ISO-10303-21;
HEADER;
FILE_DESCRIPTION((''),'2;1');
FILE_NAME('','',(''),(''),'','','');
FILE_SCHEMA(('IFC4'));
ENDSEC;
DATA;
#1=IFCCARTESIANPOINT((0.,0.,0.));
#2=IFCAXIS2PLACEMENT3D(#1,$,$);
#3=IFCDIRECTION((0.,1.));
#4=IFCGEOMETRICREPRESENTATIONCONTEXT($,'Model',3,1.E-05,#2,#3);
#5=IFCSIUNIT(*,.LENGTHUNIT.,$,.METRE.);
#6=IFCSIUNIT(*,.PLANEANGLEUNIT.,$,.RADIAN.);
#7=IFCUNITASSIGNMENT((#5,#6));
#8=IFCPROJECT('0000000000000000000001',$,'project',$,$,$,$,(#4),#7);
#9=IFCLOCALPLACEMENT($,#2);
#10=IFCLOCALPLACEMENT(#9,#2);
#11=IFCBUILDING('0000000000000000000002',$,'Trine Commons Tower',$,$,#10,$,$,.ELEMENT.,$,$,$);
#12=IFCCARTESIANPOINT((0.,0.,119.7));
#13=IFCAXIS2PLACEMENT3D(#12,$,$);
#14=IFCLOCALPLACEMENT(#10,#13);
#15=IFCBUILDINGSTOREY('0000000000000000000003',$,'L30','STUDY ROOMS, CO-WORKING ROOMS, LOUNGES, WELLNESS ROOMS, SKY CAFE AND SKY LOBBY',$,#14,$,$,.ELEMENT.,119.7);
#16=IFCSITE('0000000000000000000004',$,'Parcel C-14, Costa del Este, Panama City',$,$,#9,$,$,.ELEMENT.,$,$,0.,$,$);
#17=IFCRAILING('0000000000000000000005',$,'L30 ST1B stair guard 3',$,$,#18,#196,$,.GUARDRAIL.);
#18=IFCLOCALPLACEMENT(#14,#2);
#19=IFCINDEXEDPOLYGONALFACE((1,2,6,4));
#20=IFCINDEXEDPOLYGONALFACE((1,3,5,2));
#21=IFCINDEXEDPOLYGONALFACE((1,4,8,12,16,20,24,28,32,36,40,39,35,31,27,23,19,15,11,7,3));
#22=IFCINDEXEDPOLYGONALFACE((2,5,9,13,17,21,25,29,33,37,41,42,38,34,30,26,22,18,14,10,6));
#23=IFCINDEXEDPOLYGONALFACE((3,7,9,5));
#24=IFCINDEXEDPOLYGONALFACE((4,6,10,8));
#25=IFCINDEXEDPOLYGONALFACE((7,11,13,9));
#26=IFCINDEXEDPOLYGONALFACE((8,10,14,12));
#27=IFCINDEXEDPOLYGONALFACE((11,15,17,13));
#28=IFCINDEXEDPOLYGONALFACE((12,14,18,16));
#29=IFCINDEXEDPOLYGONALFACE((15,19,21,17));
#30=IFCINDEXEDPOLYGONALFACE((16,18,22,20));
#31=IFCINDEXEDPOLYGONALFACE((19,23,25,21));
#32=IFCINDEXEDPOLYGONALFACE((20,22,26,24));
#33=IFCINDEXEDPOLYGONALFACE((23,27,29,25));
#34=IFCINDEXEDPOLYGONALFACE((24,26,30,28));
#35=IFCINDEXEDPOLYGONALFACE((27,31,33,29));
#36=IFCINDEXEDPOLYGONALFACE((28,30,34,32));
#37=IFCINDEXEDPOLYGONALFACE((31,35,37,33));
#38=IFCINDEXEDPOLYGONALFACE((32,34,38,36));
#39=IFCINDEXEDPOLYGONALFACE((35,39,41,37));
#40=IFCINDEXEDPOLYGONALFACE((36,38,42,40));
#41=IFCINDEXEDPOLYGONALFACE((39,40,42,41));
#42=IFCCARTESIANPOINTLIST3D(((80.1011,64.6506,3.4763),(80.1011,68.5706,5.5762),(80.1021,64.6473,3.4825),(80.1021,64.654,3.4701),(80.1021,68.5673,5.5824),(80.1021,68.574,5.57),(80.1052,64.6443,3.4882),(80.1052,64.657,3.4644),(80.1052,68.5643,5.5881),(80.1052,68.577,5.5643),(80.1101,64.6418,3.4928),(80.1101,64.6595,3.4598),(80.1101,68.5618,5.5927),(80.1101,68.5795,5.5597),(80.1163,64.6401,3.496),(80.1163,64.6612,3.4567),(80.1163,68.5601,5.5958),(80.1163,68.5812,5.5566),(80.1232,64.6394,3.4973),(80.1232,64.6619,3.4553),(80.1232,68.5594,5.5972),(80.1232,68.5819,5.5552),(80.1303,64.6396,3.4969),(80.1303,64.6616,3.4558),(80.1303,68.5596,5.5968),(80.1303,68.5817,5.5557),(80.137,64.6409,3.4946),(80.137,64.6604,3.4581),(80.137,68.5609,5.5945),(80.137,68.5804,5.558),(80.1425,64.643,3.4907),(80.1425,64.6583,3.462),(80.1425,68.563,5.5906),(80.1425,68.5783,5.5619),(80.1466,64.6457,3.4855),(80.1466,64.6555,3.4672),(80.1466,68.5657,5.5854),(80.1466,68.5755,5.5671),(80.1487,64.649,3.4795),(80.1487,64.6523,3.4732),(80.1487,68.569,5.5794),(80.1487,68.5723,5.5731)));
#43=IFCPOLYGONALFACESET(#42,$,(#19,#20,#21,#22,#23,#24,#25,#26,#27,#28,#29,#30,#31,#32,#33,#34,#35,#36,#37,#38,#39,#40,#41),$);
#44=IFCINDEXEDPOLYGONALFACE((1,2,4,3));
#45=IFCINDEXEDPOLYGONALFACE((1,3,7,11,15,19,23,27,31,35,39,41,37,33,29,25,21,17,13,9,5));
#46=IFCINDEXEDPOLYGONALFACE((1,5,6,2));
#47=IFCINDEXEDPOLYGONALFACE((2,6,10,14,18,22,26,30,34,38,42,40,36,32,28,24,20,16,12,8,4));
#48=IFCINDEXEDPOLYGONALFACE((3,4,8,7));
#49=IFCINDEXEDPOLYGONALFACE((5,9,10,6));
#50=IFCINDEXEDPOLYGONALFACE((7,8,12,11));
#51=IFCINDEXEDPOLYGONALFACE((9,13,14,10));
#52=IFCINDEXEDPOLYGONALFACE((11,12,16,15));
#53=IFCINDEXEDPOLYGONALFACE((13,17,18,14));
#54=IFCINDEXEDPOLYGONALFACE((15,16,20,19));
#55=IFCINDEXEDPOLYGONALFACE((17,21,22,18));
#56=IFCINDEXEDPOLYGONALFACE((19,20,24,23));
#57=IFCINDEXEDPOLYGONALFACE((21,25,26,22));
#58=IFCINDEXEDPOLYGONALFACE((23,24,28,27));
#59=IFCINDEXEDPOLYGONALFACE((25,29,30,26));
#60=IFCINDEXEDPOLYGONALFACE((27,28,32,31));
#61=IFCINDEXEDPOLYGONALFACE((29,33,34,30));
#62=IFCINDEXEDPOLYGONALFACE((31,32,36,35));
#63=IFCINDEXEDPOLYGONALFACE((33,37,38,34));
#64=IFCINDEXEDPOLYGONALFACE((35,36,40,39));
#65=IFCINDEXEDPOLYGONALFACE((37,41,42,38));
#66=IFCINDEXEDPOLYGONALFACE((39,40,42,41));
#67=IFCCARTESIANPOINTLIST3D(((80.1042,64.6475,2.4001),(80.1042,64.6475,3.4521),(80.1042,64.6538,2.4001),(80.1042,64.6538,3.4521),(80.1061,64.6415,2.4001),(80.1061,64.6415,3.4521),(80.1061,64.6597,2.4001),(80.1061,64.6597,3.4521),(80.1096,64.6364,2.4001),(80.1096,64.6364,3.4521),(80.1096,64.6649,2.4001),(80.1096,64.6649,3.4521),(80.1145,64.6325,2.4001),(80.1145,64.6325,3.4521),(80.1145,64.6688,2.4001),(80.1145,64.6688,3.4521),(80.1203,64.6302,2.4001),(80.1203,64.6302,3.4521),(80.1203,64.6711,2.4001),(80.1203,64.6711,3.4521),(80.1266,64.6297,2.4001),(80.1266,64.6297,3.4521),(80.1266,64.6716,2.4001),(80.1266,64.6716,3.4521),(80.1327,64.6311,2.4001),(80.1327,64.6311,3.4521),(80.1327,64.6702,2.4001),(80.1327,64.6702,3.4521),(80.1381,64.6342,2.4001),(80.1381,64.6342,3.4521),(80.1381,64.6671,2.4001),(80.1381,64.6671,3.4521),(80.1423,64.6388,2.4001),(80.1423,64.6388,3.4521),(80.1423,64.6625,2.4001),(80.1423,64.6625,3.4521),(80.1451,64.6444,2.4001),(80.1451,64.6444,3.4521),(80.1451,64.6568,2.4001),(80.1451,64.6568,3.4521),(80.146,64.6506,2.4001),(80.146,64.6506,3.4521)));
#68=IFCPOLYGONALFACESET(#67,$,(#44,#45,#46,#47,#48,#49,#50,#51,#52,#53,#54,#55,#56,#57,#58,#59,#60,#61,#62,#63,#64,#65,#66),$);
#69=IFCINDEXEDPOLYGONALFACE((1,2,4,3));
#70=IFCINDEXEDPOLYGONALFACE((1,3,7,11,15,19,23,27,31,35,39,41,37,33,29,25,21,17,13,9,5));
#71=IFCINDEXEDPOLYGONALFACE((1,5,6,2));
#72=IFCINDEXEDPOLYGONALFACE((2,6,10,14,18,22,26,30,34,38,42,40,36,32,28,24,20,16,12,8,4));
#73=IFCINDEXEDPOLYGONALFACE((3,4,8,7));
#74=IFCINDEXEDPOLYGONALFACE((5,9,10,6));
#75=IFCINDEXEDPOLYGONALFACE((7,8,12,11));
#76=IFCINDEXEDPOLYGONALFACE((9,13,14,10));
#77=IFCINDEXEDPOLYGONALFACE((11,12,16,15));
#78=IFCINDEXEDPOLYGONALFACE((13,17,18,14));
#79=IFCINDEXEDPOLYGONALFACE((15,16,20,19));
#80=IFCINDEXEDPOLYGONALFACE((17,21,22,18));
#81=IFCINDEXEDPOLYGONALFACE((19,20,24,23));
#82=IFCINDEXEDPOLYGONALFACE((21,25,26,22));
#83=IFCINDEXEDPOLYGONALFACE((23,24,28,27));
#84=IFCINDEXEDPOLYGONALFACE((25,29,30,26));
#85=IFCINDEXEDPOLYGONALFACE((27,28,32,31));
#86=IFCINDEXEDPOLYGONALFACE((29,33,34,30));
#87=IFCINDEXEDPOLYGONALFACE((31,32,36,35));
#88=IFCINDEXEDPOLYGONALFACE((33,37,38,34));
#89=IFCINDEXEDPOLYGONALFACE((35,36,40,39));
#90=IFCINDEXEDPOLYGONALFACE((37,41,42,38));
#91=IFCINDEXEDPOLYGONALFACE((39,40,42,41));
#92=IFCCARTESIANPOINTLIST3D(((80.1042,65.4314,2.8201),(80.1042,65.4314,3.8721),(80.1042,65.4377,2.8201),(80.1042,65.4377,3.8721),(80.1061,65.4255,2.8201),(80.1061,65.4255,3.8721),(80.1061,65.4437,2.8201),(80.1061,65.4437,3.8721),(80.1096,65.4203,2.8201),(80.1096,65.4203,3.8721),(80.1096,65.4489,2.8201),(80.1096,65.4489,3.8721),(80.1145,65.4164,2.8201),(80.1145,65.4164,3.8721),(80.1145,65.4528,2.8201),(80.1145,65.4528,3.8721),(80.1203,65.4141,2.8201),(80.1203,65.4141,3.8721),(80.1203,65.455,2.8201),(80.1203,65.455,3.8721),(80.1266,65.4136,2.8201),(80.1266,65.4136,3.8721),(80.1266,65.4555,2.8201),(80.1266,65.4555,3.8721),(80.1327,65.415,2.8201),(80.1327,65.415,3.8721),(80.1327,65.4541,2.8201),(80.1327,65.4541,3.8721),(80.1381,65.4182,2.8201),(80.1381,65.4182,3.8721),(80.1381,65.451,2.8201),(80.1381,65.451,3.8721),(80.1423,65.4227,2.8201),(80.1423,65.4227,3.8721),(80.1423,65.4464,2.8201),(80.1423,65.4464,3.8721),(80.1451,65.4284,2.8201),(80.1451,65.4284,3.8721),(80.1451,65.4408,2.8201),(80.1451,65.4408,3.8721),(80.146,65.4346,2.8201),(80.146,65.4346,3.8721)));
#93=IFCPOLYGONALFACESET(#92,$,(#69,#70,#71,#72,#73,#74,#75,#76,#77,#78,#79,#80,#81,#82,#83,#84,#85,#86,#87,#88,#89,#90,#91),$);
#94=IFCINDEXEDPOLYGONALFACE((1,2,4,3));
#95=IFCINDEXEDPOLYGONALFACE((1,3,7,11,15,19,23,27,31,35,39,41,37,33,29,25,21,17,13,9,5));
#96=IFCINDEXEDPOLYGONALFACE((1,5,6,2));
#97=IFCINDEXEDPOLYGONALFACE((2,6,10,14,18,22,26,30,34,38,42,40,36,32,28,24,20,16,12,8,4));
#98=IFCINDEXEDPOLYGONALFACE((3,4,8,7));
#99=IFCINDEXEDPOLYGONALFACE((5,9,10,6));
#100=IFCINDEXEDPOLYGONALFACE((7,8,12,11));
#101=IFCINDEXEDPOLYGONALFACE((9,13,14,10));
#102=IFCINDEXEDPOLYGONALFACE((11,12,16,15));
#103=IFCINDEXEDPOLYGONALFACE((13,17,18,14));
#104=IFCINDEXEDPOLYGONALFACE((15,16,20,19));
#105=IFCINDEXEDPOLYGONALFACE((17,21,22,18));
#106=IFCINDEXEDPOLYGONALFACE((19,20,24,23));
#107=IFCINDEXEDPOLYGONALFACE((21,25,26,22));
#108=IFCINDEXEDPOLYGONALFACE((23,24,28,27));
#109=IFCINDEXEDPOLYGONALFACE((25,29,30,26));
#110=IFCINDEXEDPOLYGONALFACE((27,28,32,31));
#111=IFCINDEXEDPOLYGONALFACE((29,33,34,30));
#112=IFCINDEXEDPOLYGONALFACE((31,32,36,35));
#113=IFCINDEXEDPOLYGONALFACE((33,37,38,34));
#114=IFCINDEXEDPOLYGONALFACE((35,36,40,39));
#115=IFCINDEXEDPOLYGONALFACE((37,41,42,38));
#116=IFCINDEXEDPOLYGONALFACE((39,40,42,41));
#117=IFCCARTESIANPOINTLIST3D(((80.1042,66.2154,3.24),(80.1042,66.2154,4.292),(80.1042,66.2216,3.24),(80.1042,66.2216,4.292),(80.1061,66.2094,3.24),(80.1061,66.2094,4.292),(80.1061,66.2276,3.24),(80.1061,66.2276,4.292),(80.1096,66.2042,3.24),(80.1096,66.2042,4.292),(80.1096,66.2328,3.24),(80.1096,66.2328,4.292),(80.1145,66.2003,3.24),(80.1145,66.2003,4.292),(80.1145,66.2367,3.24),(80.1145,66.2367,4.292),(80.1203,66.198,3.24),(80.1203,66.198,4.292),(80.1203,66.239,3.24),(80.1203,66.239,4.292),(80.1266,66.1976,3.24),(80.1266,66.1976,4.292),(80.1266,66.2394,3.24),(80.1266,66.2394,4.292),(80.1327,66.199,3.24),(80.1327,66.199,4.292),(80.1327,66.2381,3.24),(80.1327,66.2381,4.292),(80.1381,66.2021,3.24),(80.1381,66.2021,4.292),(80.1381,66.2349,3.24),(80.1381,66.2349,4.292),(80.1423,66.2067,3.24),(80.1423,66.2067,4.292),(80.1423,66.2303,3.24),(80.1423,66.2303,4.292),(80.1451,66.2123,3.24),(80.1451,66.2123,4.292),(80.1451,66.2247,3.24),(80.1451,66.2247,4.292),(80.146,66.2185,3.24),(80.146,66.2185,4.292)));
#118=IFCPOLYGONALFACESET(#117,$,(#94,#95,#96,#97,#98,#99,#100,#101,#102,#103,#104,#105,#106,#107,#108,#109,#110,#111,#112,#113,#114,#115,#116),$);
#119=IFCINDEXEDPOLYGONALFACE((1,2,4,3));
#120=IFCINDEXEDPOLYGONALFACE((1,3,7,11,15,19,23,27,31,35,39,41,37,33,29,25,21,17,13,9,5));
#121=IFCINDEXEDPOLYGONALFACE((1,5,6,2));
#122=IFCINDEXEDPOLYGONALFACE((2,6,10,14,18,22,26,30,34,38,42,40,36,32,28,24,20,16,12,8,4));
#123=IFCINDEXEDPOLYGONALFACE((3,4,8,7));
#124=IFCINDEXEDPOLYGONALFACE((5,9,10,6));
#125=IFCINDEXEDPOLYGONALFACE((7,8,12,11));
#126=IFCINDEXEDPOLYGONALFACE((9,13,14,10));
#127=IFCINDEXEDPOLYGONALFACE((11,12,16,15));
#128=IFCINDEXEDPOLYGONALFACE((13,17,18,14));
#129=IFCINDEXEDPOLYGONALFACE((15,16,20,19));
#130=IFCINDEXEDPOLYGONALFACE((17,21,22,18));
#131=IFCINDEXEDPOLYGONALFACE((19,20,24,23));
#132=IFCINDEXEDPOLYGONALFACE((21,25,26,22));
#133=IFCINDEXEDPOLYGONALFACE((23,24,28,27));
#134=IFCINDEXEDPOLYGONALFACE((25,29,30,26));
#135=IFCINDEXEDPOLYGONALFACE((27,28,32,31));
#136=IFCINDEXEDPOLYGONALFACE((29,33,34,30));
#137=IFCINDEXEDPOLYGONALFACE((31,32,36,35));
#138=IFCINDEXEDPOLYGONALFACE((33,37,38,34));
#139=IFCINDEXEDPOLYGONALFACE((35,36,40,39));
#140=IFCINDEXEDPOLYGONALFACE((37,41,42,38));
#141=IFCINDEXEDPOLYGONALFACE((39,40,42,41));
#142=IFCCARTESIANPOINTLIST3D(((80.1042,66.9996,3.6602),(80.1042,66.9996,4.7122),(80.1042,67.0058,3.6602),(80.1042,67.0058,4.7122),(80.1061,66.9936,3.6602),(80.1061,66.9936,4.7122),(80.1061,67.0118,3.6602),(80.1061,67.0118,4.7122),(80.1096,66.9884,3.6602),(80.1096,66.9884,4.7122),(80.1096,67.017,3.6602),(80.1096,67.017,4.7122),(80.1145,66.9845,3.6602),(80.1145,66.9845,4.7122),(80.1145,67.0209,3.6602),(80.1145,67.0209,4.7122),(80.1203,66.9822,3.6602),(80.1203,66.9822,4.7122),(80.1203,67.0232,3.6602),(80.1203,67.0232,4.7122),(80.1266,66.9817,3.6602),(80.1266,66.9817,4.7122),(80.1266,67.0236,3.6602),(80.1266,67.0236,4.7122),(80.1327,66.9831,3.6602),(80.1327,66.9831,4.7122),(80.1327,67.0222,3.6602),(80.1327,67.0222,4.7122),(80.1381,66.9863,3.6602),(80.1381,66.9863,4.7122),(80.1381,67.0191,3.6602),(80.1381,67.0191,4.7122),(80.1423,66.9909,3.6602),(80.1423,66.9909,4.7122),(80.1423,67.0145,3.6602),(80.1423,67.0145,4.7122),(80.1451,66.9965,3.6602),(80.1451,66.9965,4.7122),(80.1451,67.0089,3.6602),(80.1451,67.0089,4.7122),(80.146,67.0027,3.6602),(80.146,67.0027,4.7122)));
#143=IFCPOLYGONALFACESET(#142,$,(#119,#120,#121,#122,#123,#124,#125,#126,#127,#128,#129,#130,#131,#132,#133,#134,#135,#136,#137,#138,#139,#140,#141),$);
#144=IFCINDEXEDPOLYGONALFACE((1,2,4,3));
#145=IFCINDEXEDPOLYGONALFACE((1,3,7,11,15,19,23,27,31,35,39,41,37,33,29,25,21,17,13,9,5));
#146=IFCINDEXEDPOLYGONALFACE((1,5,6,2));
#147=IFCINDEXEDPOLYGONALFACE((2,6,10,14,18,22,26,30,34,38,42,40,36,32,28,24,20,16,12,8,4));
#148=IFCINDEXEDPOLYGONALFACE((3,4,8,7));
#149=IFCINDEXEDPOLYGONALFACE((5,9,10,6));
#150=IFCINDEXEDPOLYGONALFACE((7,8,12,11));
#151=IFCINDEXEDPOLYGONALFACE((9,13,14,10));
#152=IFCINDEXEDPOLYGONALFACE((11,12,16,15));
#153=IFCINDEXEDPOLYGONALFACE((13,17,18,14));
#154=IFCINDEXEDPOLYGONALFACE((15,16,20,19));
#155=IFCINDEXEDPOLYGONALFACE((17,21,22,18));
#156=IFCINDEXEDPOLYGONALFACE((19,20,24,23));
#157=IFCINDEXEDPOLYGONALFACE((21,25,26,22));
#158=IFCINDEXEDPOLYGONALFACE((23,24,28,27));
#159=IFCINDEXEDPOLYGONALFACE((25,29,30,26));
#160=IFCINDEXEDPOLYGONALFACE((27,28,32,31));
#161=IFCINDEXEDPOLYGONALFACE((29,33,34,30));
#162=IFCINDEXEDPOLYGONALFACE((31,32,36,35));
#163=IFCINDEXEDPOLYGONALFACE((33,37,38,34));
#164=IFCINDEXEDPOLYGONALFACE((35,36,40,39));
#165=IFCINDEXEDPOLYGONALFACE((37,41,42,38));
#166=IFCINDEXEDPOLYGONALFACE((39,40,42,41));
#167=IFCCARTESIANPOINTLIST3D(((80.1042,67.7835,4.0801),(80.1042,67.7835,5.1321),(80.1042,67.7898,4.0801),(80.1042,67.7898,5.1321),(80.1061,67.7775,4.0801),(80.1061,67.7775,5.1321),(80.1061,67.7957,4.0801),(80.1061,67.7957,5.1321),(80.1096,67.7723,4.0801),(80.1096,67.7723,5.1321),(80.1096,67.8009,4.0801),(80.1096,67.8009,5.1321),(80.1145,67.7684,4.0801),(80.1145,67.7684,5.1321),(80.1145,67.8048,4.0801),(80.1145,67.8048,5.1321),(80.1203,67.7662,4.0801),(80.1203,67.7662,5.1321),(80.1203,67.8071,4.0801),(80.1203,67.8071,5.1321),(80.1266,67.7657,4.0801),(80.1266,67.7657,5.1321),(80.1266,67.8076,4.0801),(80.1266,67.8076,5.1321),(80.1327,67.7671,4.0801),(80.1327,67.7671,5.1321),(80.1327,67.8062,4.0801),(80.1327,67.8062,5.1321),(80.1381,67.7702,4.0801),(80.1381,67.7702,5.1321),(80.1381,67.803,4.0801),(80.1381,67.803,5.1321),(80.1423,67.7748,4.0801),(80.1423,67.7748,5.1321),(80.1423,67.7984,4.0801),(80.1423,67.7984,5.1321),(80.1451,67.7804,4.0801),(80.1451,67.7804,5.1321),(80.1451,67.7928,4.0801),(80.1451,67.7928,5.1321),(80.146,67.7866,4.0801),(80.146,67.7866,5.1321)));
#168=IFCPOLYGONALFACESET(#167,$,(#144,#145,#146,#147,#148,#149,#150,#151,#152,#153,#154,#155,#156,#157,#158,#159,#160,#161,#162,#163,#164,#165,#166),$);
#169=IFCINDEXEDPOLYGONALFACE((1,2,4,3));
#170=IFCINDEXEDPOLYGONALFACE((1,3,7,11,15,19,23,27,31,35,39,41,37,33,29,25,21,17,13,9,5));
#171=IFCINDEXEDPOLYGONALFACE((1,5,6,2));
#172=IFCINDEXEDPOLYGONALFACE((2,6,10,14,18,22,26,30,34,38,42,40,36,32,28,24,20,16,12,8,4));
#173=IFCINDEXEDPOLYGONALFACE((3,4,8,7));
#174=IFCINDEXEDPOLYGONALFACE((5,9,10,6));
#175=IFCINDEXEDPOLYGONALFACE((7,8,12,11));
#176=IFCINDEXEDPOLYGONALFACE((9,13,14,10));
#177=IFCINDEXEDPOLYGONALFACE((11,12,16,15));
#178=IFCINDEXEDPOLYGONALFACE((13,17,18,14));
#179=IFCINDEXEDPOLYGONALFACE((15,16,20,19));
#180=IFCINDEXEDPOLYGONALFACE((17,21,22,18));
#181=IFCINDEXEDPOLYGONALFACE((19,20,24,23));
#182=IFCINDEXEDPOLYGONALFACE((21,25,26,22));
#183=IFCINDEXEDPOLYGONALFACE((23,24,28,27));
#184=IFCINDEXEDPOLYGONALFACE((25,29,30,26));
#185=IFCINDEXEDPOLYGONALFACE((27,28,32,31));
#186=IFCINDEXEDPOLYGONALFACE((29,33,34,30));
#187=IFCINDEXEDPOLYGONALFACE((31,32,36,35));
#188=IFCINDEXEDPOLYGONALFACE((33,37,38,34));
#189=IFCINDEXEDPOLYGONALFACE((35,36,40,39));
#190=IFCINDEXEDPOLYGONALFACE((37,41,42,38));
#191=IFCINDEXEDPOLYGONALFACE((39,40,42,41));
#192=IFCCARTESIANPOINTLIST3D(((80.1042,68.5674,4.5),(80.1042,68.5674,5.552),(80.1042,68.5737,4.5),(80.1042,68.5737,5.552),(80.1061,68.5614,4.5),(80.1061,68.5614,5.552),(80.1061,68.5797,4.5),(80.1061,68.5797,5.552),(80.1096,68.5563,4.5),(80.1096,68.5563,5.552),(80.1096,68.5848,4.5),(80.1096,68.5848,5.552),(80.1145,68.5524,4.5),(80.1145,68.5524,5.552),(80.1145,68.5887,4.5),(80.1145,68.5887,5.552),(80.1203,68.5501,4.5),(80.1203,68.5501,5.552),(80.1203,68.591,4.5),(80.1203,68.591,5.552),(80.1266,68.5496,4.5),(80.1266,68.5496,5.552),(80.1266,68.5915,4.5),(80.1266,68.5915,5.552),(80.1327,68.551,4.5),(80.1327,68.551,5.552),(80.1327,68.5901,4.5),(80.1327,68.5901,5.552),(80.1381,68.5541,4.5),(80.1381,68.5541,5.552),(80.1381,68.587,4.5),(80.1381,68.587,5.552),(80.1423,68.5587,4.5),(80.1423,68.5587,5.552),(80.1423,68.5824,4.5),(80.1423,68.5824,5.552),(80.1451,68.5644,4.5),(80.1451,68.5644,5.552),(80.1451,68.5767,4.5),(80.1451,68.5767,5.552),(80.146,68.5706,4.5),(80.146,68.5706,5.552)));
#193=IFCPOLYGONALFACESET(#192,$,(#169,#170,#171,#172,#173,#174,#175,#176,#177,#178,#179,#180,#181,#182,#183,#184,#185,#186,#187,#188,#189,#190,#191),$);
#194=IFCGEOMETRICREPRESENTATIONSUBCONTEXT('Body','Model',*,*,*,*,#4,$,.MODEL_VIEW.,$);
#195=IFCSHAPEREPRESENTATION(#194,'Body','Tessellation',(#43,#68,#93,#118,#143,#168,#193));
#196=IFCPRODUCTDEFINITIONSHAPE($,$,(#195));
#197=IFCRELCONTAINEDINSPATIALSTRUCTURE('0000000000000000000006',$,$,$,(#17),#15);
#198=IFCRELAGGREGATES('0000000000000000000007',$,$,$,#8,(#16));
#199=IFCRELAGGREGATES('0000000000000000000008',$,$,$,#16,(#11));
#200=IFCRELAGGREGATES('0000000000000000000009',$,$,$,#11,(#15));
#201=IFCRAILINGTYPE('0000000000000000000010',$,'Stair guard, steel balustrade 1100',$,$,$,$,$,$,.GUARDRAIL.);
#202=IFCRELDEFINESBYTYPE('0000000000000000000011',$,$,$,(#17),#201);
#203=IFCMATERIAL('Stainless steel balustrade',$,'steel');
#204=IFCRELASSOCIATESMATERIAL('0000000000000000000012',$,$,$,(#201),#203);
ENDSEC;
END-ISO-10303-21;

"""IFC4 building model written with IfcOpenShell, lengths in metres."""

from ifc_helpers import new_model, si_unit, direction, frame, origin, origin_2d, place, context, subcontext, project, spatial, circle, extrude, material, type_object, element, save


model = new_model("IFC4")

# Units and contexts
model_context = context("Model", 3, precision=1e-05, world=origin(), true_north=direction((0.0, 1.0)))
body_context = subcontext(model_context, "Body", "Model", "MODEL_VIEW")
ifc_project = project(units=[si_unit("LENGTHUNIT", "METRE"), si_unit("PLANEANGLEUNIT", "RADIAN")], contexts=[model_context])

# Site, building, storey
site_placement = place(None, origin())
site = spatial("IfcSite", under=ifc_project, at=site_placement, Name="Parcel C-14, Costa del Este, Panama City", CompositionType="ELEMENT", RefElevation=0.0)
building_placement = place(site_placement, origin())
building = spatial("IfcBuilding", under=site, at=building_placement, Name="Trine Commons Tower", CompositionType="ELEMENT")
storey_placement = place(building_placement, frame((0.0, 0.0, 119.7)))
storey = spatial("IfcBuildingStorey", under=building, at=storey_placement, Name="L30", Description="STUDY ROOMS, CO-WORKING ROOMS, LOUNGES, WELLNESS ROOMS, SKY CAFE AND SKY LOBBY", CompositionType="ELEMENT", Elevation=119.7)

# Railing
ifc_material_1 = material(Name="Stainless steel balustrade", Category="steel")
railing_type_1 = type_object("IfcRailingType", Name="Stair guard, steel balustrade 1100", PredefinedType="GUARDRAIL", material=ifc_material_1)
railing_1_placement = place(storey_placement, frame((80.125, 64.6506, 2.4001)))
element("IfcRailing", 1, at=railing_1_placement, inside=storey, type_object=railing_type_1, Name="L30 ST1B stair guard 3", PredefinedType="GUARDRAIL", context=body_context, shape_type="SweptSolid", body=[
    extrude(circle(Radius=0.0239, at=origin_2d()), frame((0.0, 0.0, 1.0762), z_axis=(0.0, 0.88149, 0.472203), x_axis=(-1.0, 0.0, 0.0)), (0.0, 0.0, 1.0), 4.447),
    extrude(circle(Radius=0.021, at=origin_2d()), origin(), (0.0, 0.0, 1.0), 1.052),
    extrude(circle(Radius=0.021, at=origin_2d()), frame((0.0, 0.7839, 0.4199)), (0.0, 0.0, 1.0), 1.052),
    extrude(circle(Radius=0.021, at=origin_2d()), frame((0.0, 1.5679, 0.8398)), (0.0, 0.0, 1.0), 1.052),
    extrude(circle(Radius=0.021, at=origin_2d()), frame((0.0, 2.3521, 1.26)), (0.0, 0.0, 1.0), 1.052),
    extrude(circle(Radius=0.021, at=origin_2d()), frame((0.0, 3.136, 1.6799)), (0.0, 0.0, 1.0), 1.052),
    extrude(circle(Radius=0.021, at=origin_2d()), frame((0.0, 3.9199, 2.0999)), (0.0, 0.0, 1.0), 1.052),
])

save(model, "model.ifc")
